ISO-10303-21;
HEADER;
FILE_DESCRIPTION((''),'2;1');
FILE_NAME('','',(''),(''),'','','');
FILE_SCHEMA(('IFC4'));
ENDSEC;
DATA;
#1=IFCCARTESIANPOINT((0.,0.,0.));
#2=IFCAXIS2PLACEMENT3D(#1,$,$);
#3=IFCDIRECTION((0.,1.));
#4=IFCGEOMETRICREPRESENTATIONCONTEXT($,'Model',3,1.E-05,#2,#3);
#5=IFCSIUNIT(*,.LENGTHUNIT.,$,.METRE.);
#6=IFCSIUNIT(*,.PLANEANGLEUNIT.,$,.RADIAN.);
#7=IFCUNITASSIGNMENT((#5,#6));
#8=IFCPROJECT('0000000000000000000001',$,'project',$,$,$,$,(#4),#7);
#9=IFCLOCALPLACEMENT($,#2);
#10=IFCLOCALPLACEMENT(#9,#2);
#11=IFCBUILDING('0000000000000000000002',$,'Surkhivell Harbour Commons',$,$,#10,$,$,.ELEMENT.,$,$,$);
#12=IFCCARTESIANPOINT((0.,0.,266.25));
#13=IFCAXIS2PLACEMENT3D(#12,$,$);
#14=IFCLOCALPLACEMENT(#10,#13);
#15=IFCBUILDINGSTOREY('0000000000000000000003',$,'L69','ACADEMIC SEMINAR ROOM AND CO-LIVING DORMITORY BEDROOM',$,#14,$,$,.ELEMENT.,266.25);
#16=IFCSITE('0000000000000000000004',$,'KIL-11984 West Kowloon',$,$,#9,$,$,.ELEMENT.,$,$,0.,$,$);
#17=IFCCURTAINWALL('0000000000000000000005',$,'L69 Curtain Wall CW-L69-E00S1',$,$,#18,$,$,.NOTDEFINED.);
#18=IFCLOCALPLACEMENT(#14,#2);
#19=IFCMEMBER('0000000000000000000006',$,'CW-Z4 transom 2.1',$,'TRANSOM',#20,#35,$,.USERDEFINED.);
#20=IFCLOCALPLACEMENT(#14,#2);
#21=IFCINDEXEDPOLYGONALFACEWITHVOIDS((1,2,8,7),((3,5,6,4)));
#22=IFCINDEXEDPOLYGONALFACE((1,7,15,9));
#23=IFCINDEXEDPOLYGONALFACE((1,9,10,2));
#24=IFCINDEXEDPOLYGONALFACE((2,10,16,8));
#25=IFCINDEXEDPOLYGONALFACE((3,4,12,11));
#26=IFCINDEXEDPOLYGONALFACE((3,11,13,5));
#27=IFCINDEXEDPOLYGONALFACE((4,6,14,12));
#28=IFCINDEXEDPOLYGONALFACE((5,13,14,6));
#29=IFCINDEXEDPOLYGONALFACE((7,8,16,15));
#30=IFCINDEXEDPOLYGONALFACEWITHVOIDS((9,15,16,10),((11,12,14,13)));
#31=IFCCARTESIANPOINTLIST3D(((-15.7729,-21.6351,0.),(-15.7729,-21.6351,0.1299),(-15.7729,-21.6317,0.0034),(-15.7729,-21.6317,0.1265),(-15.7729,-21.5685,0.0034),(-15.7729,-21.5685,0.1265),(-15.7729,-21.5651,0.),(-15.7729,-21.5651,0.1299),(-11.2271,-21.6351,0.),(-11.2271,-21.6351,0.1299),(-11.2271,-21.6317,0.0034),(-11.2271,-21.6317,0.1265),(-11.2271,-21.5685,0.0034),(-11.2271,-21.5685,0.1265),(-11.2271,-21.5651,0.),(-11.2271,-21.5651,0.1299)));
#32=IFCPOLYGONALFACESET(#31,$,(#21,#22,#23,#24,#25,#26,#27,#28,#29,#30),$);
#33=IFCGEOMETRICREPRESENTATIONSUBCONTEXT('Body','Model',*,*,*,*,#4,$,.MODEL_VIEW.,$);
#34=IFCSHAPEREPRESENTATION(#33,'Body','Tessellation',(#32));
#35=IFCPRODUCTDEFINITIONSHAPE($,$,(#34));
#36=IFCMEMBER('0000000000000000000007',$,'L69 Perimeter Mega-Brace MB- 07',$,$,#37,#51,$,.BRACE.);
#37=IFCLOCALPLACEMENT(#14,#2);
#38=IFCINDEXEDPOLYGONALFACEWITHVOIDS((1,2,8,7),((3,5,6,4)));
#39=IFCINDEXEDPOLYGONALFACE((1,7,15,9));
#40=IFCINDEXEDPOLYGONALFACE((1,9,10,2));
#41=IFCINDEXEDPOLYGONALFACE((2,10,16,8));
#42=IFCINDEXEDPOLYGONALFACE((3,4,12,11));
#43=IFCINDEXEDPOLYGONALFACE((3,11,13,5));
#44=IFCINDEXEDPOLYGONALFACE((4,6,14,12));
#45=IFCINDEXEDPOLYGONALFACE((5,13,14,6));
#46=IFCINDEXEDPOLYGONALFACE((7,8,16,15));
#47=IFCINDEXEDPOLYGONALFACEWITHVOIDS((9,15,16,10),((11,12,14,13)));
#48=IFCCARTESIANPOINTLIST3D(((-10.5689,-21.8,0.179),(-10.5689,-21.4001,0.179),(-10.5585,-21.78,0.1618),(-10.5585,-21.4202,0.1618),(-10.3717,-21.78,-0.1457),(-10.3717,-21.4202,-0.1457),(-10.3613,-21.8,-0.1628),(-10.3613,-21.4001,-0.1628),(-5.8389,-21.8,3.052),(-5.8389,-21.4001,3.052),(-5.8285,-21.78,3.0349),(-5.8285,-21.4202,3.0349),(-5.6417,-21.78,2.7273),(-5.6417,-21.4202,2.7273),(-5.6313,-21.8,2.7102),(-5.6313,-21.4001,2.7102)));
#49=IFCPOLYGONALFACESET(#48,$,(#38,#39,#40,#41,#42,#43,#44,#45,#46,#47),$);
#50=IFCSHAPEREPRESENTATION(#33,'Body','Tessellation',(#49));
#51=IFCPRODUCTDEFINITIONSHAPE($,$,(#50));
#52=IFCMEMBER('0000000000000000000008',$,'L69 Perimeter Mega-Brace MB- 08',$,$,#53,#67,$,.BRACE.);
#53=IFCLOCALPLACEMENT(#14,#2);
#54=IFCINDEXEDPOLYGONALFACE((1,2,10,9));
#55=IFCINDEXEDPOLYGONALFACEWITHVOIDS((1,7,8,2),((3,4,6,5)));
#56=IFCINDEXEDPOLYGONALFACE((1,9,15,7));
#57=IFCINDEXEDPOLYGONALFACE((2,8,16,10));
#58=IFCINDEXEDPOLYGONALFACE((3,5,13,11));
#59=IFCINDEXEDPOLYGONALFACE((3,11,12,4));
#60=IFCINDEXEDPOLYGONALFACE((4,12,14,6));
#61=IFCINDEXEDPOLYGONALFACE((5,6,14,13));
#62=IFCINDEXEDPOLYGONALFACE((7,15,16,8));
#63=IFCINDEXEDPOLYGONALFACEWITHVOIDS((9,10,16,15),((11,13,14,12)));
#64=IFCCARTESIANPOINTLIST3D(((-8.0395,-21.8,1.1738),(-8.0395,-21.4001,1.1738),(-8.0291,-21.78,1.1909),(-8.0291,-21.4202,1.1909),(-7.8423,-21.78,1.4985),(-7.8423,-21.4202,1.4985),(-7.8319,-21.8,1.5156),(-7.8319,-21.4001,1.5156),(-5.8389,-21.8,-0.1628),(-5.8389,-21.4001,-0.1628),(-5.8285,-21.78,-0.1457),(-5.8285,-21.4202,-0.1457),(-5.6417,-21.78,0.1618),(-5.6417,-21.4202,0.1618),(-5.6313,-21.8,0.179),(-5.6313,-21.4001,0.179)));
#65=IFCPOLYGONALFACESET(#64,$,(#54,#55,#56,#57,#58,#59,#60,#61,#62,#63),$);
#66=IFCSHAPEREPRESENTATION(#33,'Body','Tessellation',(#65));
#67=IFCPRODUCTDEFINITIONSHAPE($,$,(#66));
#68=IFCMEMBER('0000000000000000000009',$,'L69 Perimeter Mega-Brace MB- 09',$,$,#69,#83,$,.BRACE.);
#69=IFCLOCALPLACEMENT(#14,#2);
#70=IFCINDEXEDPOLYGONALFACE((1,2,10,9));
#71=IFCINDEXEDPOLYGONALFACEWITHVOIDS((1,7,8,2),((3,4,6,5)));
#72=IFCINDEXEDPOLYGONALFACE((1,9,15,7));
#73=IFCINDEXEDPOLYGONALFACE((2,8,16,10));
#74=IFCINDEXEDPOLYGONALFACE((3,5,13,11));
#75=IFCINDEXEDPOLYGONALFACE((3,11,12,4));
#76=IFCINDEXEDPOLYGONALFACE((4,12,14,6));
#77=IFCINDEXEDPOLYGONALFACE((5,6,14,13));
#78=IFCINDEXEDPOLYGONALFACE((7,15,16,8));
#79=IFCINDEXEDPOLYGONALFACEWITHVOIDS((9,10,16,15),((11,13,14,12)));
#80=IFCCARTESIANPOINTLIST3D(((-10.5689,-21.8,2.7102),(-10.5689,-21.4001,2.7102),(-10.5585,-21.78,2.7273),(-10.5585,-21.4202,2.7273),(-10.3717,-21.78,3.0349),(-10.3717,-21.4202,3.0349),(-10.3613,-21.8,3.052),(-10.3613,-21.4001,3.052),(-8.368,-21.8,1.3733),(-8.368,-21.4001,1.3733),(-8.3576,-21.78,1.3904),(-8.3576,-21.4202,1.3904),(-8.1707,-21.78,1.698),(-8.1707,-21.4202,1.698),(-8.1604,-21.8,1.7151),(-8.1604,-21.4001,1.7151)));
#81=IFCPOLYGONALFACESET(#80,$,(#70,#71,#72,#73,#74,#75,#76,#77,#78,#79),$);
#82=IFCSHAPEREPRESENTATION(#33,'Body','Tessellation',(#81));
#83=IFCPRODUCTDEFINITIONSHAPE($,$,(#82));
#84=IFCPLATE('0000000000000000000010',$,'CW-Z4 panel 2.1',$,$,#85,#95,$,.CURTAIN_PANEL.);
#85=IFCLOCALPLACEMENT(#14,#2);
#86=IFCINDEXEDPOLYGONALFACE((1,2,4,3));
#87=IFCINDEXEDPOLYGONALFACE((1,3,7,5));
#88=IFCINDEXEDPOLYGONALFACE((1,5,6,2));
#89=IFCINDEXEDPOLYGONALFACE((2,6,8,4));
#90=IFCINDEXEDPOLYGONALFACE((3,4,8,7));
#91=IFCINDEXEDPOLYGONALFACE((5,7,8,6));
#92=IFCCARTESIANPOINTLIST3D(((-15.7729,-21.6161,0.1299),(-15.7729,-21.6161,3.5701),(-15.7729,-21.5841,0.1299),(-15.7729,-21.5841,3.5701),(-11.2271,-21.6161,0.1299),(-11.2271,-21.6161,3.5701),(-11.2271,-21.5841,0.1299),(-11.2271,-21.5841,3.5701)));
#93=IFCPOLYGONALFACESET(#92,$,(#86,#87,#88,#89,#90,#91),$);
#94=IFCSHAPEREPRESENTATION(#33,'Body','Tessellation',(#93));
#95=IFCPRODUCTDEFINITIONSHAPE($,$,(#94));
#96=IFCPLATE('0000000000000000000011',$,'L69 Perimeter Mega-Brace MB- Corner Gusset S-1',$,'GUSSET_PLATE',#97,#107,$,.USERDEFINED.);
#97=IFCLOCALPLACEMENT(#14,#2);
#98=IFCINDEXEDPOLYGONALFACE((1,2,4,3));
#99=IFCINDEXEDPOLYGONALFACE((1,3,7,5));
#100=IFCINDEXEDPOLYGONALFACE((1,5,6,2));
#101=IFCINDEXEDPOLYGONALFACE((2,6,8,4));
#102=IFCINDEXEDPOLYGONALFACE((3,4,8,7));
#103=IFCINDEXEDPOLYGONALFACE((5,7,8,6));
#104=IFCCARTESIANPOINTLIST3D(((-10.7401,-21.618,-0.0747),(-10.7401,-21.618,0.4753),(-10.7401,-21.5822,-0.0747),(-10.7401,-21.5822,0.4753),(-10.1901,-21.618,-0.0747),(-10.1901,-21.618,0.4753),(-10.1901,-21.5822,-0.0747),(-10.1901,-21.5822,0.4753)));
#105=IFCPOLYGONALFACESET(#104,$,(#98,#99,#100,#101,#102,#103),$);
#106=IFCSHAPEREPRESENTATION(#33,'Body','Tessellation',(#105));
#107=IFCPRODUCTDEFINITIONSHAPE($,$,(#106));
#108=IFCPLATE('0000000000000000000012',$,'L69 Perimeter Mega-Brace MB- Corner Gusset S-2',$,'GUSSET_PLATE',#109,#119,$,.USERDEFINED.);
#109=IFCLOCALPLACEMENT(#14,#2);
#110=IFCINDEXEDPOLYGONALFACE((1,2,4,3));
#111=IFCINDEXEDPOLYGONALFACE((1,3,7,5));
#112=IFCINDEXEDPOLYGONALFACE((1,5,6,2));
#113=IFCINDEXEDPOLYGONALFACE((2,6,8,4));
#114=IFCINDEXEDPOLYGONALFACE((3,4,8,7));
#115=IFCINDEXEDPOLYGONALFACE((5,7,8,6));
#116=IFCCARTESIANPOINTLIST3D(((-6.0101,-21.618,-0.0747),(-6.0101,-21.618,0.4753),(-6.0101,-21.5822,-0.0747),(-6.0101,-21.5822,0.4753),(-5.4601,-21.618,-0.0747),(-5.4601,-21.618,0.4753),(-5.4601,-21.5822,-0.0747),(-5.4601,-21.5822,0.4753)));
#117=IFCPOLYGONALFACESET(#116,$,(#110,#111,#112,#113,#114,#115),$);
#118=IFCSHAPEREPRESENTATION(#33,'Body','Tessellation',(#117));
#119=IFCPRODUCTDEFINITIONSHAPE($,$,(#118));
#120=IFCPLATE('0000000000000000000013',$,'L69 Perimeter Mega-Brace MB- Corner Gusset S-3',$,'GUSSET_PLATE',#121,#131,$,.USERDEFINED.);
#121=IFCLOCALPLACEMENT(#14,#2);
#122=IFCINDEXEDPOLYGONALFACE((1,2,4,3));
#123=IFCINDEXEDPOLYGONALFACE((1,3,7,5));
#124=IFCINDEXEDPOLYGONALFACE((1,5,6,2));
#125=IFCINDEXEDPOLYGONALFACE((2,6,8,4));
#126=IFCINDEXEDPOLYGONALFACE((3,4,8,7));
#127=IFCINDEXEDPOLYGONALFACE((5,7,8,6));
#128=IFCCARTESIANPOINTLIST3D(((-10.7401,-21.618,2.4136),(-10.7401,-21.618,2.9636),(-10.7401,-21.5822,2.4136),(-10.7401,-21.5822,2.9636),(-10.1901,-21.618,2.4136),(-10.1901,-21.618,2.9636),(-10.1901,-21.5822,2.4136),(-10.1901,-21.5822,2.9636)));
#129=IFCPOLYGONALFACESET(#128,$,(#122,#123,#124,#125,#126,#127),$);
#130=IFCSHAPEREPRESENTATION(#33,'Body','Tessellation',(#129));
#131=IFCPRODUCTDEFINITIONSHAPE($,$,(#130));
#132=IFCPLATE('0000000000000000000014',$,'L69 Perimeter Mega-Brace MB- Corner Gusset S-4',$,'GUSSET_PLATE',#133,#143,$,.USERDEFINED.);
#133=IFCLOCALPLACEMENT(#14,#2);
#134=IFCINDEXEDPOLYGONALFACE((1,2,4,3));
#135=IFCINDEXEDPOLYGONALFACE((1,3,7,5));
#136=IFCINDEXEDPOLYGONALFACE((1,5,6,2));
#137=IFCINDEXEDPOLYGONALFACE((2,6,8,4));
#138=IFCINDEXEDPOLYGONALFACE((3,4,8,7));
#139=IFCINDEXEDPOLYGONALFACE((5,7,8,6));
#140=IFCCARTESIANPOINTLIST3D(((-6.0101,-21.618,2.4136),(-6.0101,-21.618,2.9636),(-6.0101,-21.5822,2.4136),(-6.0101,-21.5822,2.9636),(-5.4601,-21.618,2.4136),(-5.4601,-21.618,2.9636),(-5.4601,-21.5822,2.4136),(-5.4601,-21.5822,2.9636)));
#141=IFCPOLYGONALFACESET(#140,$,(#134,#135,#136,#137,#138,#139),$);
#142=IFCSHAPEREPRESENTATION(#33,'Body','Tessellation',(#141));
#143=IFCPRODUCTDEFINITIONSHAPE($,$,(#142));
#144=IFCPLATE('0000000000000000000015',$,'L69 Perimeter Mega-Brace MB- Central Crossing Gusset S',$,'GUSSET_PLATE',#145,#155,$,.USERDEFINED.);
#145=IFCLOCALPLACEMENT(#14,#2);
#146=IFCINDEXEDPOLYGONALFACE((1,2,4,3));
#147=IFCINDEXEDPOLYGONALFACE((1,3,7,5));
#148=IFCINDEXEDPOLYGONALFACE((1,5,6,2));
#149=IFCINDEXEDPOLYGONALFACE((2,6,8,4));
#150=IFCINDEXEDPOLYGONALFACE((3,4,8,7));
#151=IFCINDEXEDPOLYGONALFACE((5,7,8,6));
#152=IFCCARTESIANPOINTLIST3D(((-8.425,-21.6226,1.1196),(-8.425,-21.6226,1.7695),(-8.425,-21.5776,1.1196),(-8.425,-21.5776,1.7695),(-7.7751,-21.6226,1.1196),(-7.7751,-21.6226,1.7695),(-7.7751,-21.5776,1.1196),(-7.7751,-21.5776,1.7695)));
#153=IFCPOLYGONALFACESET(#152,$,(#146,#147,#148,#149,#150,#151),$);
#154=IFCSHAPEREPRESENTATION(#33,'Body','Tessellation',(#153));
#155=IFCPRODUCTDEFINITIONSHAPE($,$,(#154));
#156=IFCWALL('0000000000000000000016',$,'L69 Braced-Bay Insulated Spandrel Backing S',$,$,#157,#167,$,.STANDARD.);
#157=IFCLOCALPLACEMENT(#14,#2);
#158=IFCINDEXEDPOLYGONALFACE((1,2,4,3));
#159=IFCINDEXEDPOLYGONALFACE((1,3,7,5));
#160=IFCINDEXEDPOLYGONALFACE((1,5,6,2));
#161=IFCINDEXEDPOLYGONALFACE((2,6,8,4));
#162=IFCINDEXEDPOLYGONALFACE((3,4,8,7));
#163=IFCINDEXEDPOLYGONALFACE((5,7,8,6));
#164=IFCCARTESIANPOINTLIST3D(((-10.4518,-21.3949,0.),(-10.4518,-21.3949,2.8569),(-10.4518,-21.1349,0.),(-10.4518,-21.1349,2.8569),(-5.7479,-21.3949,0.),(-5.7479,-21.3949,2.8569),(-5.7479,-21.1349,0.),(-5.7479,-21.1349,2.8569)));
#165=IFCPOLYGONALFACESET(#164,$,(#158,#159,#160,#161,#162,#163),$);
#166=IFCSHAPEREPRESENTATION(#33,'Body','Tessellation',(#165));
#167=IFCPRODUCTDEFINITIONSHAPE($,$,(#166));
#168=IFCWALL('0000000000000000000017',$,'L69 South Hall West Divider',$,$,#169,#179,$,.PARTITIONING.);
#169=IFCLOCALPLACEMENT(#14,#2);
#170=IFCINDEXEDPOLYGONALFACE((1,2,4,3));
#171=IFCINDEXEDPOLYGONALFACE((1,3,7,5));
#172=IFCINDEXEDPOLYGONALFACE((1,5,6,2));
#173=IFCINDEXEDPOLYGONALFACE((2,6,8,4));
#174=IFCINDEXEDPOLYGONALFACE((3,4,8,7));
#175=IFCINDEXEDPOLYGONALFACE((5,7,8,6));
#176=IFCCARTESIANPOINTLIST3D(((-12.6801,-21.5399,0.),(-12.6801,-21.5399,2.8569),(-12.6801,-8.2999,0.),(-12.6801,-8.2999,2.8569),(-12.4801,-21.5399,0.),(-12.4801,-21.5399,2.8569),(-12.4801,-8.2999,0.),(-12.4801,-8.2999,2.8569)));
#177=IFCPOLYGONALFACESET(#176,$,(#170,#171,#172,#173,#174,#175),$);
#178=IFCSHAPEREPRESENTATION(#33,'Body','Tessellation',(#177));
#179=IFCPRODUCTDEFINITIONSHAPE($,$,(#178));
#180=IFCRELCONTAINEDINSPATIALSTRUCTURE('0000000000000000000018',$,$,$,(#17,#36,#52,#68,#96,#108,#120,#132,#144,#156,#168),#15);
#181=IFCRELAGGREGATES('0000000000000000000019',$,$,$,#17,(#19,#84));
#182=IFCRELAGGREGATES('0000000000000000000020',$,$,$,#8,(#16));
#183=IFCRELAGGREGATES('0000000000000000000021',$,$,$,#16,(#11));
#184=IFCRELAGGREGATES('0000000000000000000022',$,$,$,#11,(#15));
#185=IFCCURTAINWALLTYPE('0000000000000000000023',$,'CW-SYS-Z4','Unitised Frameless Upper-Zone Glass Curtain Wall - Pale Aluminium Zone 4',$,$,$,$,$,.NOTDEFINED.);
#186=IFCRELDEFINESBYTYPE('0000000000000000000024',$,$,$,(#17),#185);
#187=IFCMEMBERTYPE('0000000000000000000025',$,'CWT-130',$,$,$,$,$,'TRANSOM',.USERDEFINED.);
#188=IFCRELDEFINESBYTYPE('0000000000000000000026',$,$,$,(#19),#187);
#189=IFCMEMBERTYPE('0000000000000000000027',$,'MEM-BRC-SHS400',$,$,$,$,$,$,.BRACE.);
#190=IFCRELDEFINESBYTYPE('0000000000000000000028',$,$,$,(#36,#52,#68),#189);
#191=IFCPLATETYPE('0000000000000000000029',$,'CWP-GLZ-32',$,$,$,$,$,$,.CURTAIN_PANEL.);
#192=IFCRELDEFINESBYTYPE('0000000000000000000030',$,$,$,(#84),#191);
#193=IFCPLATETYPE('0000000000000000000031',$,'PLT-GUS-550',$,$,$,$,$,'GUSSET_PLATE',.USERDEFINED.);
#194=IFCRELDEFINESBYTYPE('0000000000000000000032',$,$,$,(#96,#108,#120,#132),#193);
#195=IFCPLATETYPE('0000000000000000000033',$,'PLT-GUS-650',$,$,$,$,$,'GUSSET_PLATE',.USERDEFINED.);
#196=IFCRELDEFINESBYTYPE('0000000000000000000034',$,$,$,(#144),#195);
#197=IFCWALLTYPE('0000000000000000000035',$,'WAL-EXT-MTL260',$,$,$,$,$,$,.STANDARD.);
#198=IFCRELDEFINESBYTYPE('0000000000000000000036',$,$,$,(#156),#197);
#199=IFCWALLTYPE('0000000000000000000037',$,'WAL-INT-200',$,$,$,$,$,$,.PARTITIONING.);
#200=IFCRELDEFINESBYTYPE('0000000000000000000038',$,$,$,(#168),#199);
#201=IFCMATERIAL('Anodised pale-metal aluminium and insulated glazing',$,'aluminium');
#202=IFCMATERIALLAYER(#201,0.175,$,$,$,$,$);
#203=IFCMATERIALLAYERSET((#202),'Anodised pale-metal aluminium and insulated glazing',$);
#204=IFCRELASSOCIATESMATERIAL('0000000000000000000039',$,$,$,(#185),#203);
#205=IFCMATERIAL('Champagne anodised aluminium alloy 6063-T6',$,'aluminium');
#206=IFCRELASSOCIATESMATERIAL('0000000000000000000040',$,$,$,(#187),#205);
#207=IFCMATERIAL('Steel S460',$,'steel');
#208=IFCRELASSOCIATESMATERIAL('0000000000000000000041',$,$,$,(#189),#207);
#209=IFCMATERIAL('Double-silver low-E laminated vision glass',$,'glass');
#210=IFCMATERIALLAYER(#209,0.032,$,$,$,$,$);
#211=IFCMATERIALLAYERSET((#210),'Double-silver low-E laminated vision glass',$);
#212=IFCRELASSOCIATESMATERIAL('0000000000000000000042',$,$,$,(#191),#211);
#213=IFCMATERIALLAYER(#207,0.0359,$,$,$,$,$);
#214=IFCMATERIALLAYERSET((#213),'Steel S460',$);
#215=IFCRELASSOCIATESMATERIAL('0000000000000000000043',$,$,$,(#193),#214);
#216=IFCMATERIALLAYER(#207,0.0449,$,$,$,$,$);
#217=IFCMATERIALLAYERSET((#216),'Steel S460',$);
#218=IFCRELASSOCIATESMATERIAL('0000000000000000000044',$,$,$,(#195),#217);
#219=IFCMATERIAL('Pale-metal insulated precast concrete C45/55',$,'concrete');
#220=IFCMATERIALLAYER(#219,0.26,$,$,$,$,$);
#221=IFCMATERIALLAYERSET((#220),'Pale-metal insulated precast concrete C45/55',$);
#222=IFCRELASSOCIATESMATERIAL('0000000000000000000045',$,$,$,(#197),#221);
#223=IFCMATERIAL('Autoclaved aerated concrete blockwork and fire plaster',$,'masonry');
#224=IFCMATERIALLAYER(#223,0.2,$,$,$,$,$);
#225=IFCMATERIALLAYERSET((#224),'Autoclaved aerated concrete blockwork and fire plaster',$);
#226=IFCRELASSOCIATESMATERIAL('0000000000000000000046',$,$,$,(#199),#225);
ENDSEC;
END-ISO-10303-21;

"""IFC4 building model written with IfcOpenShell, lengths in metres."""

from ifc_helpers import new_model, si_unit, direction, frame, frame_2d, origin, origin_2d, place, context, subcontext, project, spatial, rectangle, hollow_rectangle, extrude, material, layer, layer_set, material_profile, profile_set, type_object, element, aggregate, save


model = new_model("IFC4")

# Units and contexts
model_context = context("Model", 3, precision=1e-05, world=origin(), true_north=direction((0.0, 1.0)))
body_context = subcontext(model_context, "Body", "Model", "MODEL_VIEW")
ifc_project = project(units=[si_unit("LENGTHUNIT", "METRE"), si_unit("PLANEANGLEUNIT", "RADIAN")], contexts=[model_context])

# Site, building, storey
site_placement = place(None, origin())
site = spatial("IfcSite", under=ifc_project, at=site_placement, Name="KIL-11984 West Kowloon", CompositionType="ELEMENT", RefElevation=0.0)
building_placement = place(site_placement, origin())
building = spatial("IfcBuilding", under=site, at=building_placement, Name="Surkhivell Harbour Commons", CompositionType="ELEMENT")
storey_placement = place(building_placement, frame((0.0, 0.0, 266.25)))
storey = spatial("IfcBuildingStorey", under=building, at=storey_placement, Name="L69", Description="ACADEMIC SEMINAR ROOM AND CO-LIVING DORMITORY BEDROOM", CompositionType="ELEMENT", Elevation=266.25)

# Curtain wall, member
ifc_material_1 = material(Name="Anodised pale-metal aluminium and insulated glazing", Category="aluminium")
ifc_layer_1 = layer(ifc_material_1, 0.175)
ifc_layer_set_1 = layer_set([ifc_layer_1], Name="Anodised pale-metal aluminium and insulated glazing")
curtain_wall_type = type_object("IfcCurtainWallType", Name="CW-SYS-Z4", Description="Unitised Frameless Upper-Zone Glass Curtain Wall - Pale Aluminium Zone 4", PredefinedType="NOTDEFINED", material=ifc_layer_set_1)
curtain_wall_placement = place(storey_placement, origin())
curtain_wall = element("IfcCurtainWall", 1, at=curtain_wall_placement, inside=storey, type_object=curtain_wall_type, Name="L69 Curtain Wall CW-L69-E00S1", PredefinedType="NOTDEFINED")
ifc_material_2 = material(Name="Champagne anodised aluminium alloy 6063-T6", Category="aluminium")
ifc_material_profile_1 = material_profile(ifc_material_2, hollow_rectangle(XDim=0.0701, YDim=0.1299, WallThickness=0.0034, at=origin_2d()), Name="ALU-TRAN-70x130")
ifc_profile_set_1 = profile_set([ifc_material_profile_1], Name="Champagne anodised aluminium alloy 6063-T6")
member_type_1 = type_object("IfcMemberType", Name="CWT-130", ElementType="TRANSOM", PredefinedType="USERDEFINED", material=ifc_profile_set_1)
member_1_placement = place(storey_placement, frame((-15.7729, -21.6001, 0.0649), z_axis=(1.0, 0.0, 0.0), x_axis=(0.0, 1.0, 0.0)))
member_1 = element("IfcMember", 2, at=member_1_placement, type_object=member_type_1, Name="CW-Z4 transom 2.1", ObjectType="TRANSOM", PredefinedType="USERDEFINED", context=body_context, shape_type="SweptSolid", body=[
    extrude(hollow_rectangle(XDim=0.0701, YDim=0.1299, WallThickness=0.0034, at=origin_2d()), origin(), (0.0, 0.0, 1.0), 4.5459),
])

# Members
ifc_material_3 = material(Name="Steel S460", Category="steel")
ifc_material_profile_2 = material_profile(ifc_material_3, hollow_rectangle(XDim=0.3999, YDim=0.3999, WallThickness=0.02, at=origin_2d()), Name="SHS400x400x20")
ifc_profile_set_2 = profile_set([ifc_material_profile_2], Name="Steel S460")
member_type_2 = type_object("IfcMemberType", Name="MEM-BRC-SHS400", PredefinedType="BRACE", material=ifc_profile_set_2)
member_2_placement = place(storey_placement, frame((-10.4651, -21.6001, 0.0081), z_axis=(0.854685, 0.0, 0.519146), x_axis=(0.0, 1.0, 0.0)))
element("IfcMember", 3, at=member_2_placement, inside=storey, type_object=member_type_2, Name="L69 Perimeter Mega-Brace MB- 07", PredefinedType="BRACE", context=body_context, shape_type="SweptSolid", body=[
    extrude(hollow_rectangle(XDim=0.3999, YDim=0.3999, WallThickness=0.02, at=origin_2d()), origin(), (0.0, 0.0, 1.0), 5.5342),
])
member_3_placement = place(storey_placement, frame((-5.7351, -21.6001, 0.0081), z_axis=(-0.854694, 0.0, 0.519132), x_axis=(0.0, -1.0, 0.0)))
element("IfcMember", 4, at=member_3_placement, inside=storey, type_object=member_type_2, Name="L69 Perimeter Mega-Brace MB- 08", PredefinedType="BRACE", context=body_context, shape_type="SweptSolid", body=[
    extrude(hollow_rectangle(XDim=0.3999, YDim=0.3999, WallThickness=0.02, at=origin_2d()), origin(), (0.0, 0.0, 1.0), 2.5747),
])
member_4_placement = place(storey_placement, frame((-8.2642, -21.6001, 1.5442), z_axis=(-0.854678, 0.0, 0.519159), x_axis=(0.0, -1.0, 0.0)))
element("IfcMember", 5, at=member_4_placement, inside=storey, type_object=member_type_2, Name="L69 Perimeter Mega-Brace MB- 09", PredefinedType="BRACE", context=body_context, shape_type="SweptSolid", body=[
    extrude(hollow_rectangle(XDim=0.3999, YDim=0.3999, WallThickness=0.02, at=origin_2d()), origin(), (0.0, 0.0, 1.0), 2.5752),
])

# Plate
ifc_material_4 = material(Name="Double-silver low-E laminated vision glass", Category="glass")
ifc_layer_2 = layer(ifc_material_4, 0.032)
ifc_layer_set_2 = layer_set([ifc_layer_2], Name="Double-silver low-E laminated vision glass")
plate_type_1 = type_object("IfcPlateType", Name="CWP-GLZ-32", PredefinedType="CURTAIN_PANEL", material=ifc_layer_set_2)
plate_1_placement = place(storey_placement, frame((-15.7729, -21.6001, 0.1299), z_axis=(0.0, 0.0, 1.0), x_axis=(1.0, 0.0, 0.0)))
plate_1 = element("IfcPlate", 6, at=plate_1_placement, type_object=plate_type_1, Name="CW-Z4 panel 2.1", PredefinedType="CURTAIN_PANEL", context=body_context, shape_type="SweptSolid", body=[
    extrude(rectangle(XDim=4.5459, YDim=0.032, at=frame_2d((2.2729, 0.0))), origin(), (0.0, 0.0, 1.0), 3.4402),
])
aggregate(curtain_wall, [member_1, plate_1])

# Plates
ifc_layer_3 = layer(ifc_material_3, 0.0359)
ifc_layer_set_3 = layer_set([ifc_layer_3], Name="Steel S460")
plate_type_2 = type_object("IfcPlateType", Name="PLT-GUS-550", ElementType="GUSSET_PLATE", PredefinedType="USERDEFINED", material=ifc_layer_set_3)
for number, where, z_axis, x_axis, name in (
    (7, (-10.4651, -21.6001, -0.0747), (0.0, 0.0, 1.0), (1.0, 0.0, 0.0), "L69 Perimeter Mega-Brace MB- Corner Gusset S-1"),
    (8, (-5.7351, -21.6001, -0.0747), (0.0, 0.0, 1.0), (1.0, 0.0, 0.0), "L69 Perimeter Mega-Brace MB- Corner Gusset S-2"),
    (9, (-10.4651, -21.6001, 2.4136), (0.0, 0.0, 1.0), (1.0, 0.0, 0.0), "L69 Perimeter Mega-Brace MB- Corner Gusset S-3"),
    (10, (-5.7351, -21.6001, 2.4136), (0.0, 0.0, 1.0), (1.0, 0.0, 0.0), "L69 Perimeter Mega-Brace MB- Corner Gusset S-4"),
):
    element("IfcPlate", number, at=place(storey_placement, frame(where, z_axis=z_axis, x_axis=x_axis)), inside=storey, type_object=plate_type_2, Name=name, ObjectType="GUSSET_PLATE", PredefinedType="USERDEFINED", context=body_context, shape_type="SweptSolid", body=[
        extrude(rectangle(XDim=0.55, YDim=0.0359, at=origin_2d()), origin(), (0.0, 0.0, 1.0), 0.55),
    ])
ifc_layer_4 = layer(ifc_material_3, 0.0449)
ifc_layer_set_4 = layer_set([ifc_layer_4], Name="Steel S460")
plate_type_3 = type_object("IfcPlateType", Name="PLT-GUS-650", ElementType="GUSSET_PLATE", PredefinedType="USERDEFINED", material=ifc_layer_set_4)
plate_2_placement = place(storey_placement, frame((-8.1001, -21.6001, 1.1196), z_axis=(0.0, 0.0, 1.0), x_axis=(1.0, 0.0, 0.0)))
element("IfcPlate", 11, at=plate_2_placement, inside=storey, type_object=plate_type_3, Name="L69 Perimeter Mega-Brace MB- Central Crossing Gusset S", ObjectType="GUSSET_PLATE", PredefinedType="USERDEFINED", context=body_context, shape_type="SweptSolid", body=[
    extrude(rectangle(XDim=0.6499, YDim=0.0449, at=origin_2d()), origin(), (0.0, 0.0, 1.0), 0.6499),
])

# Walls
ifc_material_5 = material(Name="Pale-metal insulated precast concrete C45/55", Category="concrete")
ifc_layer_5 = layer(ifc_material_5, 0.26)
ifc_layer_set_5 = layer_set([ifc_layer_5], Name="Pale-metal insulated precast concrete C45/55")
wall_type_1 = type_object("IfcWallType", Name="WAL-EXT-MTL260", PredefinedType="STANDARD", material=ifc_layer_set_5)
wall_1_placement = place(storey_placement, frame((-10.4519, -21.2649, 0.0), z_axis=(0.0, 0.0, 1.0), x_axis=(1.0, 0.0, 0.0)))
element("IfcWall", 12, at=wall_1_placement, inside=storey, type_object=wall_type_1, Name="L69 Braced-Bay Insulated Spandrel Backing S", PredefinedType="STANDARD", context=body_context, shape_type="SweptSolid", body=[
    extrude(rectangle(XDim=4.7039, YDim=0.26, at=frame_2d((2.3521, 0.0))), origin(), (0.0, 0.0, 1.0), 2.8569),
])
ifc_material_6 = material(Name="Autoclaved aerated concrete blockwork and fire plaster", Category="masonry")
ifc_layer_6 = layer(ifc_material_6, 0.2)
ifc_layer_set_6 = layer_set([ifc_layer_6], Name="Autoclaved aerated concrete blockwork and fire plaster")
wall_type_2 = type_object("IfcWallType", Name="WAL-INT-200", PredefinedType="PARTITIONING", material=ifc_layer_set_6)
wall_2_placement = place(storey_placement, frame((-12.5801, -21.54, 0.0), z_axis=(0.0, 0.0, 1.0), x_axis=(0.0, 1.0, 0.0)))
element("IfcWall", 13, at=wall_2_placement, inside=storey, type_object=wall_type_2, Name="L69 South Hall West Divider", PredefinedType="PARTITIONING", context=body_context, shape_type="SweptSolid", body=[
    extrude(rectangle(XDim=13.24, YDim=0.2, at=frame_2d((6.6201, 0.0))), origin(), (0.0, 0.0, 1.0), 2.8569),
])

save(model, "model.ifc")
